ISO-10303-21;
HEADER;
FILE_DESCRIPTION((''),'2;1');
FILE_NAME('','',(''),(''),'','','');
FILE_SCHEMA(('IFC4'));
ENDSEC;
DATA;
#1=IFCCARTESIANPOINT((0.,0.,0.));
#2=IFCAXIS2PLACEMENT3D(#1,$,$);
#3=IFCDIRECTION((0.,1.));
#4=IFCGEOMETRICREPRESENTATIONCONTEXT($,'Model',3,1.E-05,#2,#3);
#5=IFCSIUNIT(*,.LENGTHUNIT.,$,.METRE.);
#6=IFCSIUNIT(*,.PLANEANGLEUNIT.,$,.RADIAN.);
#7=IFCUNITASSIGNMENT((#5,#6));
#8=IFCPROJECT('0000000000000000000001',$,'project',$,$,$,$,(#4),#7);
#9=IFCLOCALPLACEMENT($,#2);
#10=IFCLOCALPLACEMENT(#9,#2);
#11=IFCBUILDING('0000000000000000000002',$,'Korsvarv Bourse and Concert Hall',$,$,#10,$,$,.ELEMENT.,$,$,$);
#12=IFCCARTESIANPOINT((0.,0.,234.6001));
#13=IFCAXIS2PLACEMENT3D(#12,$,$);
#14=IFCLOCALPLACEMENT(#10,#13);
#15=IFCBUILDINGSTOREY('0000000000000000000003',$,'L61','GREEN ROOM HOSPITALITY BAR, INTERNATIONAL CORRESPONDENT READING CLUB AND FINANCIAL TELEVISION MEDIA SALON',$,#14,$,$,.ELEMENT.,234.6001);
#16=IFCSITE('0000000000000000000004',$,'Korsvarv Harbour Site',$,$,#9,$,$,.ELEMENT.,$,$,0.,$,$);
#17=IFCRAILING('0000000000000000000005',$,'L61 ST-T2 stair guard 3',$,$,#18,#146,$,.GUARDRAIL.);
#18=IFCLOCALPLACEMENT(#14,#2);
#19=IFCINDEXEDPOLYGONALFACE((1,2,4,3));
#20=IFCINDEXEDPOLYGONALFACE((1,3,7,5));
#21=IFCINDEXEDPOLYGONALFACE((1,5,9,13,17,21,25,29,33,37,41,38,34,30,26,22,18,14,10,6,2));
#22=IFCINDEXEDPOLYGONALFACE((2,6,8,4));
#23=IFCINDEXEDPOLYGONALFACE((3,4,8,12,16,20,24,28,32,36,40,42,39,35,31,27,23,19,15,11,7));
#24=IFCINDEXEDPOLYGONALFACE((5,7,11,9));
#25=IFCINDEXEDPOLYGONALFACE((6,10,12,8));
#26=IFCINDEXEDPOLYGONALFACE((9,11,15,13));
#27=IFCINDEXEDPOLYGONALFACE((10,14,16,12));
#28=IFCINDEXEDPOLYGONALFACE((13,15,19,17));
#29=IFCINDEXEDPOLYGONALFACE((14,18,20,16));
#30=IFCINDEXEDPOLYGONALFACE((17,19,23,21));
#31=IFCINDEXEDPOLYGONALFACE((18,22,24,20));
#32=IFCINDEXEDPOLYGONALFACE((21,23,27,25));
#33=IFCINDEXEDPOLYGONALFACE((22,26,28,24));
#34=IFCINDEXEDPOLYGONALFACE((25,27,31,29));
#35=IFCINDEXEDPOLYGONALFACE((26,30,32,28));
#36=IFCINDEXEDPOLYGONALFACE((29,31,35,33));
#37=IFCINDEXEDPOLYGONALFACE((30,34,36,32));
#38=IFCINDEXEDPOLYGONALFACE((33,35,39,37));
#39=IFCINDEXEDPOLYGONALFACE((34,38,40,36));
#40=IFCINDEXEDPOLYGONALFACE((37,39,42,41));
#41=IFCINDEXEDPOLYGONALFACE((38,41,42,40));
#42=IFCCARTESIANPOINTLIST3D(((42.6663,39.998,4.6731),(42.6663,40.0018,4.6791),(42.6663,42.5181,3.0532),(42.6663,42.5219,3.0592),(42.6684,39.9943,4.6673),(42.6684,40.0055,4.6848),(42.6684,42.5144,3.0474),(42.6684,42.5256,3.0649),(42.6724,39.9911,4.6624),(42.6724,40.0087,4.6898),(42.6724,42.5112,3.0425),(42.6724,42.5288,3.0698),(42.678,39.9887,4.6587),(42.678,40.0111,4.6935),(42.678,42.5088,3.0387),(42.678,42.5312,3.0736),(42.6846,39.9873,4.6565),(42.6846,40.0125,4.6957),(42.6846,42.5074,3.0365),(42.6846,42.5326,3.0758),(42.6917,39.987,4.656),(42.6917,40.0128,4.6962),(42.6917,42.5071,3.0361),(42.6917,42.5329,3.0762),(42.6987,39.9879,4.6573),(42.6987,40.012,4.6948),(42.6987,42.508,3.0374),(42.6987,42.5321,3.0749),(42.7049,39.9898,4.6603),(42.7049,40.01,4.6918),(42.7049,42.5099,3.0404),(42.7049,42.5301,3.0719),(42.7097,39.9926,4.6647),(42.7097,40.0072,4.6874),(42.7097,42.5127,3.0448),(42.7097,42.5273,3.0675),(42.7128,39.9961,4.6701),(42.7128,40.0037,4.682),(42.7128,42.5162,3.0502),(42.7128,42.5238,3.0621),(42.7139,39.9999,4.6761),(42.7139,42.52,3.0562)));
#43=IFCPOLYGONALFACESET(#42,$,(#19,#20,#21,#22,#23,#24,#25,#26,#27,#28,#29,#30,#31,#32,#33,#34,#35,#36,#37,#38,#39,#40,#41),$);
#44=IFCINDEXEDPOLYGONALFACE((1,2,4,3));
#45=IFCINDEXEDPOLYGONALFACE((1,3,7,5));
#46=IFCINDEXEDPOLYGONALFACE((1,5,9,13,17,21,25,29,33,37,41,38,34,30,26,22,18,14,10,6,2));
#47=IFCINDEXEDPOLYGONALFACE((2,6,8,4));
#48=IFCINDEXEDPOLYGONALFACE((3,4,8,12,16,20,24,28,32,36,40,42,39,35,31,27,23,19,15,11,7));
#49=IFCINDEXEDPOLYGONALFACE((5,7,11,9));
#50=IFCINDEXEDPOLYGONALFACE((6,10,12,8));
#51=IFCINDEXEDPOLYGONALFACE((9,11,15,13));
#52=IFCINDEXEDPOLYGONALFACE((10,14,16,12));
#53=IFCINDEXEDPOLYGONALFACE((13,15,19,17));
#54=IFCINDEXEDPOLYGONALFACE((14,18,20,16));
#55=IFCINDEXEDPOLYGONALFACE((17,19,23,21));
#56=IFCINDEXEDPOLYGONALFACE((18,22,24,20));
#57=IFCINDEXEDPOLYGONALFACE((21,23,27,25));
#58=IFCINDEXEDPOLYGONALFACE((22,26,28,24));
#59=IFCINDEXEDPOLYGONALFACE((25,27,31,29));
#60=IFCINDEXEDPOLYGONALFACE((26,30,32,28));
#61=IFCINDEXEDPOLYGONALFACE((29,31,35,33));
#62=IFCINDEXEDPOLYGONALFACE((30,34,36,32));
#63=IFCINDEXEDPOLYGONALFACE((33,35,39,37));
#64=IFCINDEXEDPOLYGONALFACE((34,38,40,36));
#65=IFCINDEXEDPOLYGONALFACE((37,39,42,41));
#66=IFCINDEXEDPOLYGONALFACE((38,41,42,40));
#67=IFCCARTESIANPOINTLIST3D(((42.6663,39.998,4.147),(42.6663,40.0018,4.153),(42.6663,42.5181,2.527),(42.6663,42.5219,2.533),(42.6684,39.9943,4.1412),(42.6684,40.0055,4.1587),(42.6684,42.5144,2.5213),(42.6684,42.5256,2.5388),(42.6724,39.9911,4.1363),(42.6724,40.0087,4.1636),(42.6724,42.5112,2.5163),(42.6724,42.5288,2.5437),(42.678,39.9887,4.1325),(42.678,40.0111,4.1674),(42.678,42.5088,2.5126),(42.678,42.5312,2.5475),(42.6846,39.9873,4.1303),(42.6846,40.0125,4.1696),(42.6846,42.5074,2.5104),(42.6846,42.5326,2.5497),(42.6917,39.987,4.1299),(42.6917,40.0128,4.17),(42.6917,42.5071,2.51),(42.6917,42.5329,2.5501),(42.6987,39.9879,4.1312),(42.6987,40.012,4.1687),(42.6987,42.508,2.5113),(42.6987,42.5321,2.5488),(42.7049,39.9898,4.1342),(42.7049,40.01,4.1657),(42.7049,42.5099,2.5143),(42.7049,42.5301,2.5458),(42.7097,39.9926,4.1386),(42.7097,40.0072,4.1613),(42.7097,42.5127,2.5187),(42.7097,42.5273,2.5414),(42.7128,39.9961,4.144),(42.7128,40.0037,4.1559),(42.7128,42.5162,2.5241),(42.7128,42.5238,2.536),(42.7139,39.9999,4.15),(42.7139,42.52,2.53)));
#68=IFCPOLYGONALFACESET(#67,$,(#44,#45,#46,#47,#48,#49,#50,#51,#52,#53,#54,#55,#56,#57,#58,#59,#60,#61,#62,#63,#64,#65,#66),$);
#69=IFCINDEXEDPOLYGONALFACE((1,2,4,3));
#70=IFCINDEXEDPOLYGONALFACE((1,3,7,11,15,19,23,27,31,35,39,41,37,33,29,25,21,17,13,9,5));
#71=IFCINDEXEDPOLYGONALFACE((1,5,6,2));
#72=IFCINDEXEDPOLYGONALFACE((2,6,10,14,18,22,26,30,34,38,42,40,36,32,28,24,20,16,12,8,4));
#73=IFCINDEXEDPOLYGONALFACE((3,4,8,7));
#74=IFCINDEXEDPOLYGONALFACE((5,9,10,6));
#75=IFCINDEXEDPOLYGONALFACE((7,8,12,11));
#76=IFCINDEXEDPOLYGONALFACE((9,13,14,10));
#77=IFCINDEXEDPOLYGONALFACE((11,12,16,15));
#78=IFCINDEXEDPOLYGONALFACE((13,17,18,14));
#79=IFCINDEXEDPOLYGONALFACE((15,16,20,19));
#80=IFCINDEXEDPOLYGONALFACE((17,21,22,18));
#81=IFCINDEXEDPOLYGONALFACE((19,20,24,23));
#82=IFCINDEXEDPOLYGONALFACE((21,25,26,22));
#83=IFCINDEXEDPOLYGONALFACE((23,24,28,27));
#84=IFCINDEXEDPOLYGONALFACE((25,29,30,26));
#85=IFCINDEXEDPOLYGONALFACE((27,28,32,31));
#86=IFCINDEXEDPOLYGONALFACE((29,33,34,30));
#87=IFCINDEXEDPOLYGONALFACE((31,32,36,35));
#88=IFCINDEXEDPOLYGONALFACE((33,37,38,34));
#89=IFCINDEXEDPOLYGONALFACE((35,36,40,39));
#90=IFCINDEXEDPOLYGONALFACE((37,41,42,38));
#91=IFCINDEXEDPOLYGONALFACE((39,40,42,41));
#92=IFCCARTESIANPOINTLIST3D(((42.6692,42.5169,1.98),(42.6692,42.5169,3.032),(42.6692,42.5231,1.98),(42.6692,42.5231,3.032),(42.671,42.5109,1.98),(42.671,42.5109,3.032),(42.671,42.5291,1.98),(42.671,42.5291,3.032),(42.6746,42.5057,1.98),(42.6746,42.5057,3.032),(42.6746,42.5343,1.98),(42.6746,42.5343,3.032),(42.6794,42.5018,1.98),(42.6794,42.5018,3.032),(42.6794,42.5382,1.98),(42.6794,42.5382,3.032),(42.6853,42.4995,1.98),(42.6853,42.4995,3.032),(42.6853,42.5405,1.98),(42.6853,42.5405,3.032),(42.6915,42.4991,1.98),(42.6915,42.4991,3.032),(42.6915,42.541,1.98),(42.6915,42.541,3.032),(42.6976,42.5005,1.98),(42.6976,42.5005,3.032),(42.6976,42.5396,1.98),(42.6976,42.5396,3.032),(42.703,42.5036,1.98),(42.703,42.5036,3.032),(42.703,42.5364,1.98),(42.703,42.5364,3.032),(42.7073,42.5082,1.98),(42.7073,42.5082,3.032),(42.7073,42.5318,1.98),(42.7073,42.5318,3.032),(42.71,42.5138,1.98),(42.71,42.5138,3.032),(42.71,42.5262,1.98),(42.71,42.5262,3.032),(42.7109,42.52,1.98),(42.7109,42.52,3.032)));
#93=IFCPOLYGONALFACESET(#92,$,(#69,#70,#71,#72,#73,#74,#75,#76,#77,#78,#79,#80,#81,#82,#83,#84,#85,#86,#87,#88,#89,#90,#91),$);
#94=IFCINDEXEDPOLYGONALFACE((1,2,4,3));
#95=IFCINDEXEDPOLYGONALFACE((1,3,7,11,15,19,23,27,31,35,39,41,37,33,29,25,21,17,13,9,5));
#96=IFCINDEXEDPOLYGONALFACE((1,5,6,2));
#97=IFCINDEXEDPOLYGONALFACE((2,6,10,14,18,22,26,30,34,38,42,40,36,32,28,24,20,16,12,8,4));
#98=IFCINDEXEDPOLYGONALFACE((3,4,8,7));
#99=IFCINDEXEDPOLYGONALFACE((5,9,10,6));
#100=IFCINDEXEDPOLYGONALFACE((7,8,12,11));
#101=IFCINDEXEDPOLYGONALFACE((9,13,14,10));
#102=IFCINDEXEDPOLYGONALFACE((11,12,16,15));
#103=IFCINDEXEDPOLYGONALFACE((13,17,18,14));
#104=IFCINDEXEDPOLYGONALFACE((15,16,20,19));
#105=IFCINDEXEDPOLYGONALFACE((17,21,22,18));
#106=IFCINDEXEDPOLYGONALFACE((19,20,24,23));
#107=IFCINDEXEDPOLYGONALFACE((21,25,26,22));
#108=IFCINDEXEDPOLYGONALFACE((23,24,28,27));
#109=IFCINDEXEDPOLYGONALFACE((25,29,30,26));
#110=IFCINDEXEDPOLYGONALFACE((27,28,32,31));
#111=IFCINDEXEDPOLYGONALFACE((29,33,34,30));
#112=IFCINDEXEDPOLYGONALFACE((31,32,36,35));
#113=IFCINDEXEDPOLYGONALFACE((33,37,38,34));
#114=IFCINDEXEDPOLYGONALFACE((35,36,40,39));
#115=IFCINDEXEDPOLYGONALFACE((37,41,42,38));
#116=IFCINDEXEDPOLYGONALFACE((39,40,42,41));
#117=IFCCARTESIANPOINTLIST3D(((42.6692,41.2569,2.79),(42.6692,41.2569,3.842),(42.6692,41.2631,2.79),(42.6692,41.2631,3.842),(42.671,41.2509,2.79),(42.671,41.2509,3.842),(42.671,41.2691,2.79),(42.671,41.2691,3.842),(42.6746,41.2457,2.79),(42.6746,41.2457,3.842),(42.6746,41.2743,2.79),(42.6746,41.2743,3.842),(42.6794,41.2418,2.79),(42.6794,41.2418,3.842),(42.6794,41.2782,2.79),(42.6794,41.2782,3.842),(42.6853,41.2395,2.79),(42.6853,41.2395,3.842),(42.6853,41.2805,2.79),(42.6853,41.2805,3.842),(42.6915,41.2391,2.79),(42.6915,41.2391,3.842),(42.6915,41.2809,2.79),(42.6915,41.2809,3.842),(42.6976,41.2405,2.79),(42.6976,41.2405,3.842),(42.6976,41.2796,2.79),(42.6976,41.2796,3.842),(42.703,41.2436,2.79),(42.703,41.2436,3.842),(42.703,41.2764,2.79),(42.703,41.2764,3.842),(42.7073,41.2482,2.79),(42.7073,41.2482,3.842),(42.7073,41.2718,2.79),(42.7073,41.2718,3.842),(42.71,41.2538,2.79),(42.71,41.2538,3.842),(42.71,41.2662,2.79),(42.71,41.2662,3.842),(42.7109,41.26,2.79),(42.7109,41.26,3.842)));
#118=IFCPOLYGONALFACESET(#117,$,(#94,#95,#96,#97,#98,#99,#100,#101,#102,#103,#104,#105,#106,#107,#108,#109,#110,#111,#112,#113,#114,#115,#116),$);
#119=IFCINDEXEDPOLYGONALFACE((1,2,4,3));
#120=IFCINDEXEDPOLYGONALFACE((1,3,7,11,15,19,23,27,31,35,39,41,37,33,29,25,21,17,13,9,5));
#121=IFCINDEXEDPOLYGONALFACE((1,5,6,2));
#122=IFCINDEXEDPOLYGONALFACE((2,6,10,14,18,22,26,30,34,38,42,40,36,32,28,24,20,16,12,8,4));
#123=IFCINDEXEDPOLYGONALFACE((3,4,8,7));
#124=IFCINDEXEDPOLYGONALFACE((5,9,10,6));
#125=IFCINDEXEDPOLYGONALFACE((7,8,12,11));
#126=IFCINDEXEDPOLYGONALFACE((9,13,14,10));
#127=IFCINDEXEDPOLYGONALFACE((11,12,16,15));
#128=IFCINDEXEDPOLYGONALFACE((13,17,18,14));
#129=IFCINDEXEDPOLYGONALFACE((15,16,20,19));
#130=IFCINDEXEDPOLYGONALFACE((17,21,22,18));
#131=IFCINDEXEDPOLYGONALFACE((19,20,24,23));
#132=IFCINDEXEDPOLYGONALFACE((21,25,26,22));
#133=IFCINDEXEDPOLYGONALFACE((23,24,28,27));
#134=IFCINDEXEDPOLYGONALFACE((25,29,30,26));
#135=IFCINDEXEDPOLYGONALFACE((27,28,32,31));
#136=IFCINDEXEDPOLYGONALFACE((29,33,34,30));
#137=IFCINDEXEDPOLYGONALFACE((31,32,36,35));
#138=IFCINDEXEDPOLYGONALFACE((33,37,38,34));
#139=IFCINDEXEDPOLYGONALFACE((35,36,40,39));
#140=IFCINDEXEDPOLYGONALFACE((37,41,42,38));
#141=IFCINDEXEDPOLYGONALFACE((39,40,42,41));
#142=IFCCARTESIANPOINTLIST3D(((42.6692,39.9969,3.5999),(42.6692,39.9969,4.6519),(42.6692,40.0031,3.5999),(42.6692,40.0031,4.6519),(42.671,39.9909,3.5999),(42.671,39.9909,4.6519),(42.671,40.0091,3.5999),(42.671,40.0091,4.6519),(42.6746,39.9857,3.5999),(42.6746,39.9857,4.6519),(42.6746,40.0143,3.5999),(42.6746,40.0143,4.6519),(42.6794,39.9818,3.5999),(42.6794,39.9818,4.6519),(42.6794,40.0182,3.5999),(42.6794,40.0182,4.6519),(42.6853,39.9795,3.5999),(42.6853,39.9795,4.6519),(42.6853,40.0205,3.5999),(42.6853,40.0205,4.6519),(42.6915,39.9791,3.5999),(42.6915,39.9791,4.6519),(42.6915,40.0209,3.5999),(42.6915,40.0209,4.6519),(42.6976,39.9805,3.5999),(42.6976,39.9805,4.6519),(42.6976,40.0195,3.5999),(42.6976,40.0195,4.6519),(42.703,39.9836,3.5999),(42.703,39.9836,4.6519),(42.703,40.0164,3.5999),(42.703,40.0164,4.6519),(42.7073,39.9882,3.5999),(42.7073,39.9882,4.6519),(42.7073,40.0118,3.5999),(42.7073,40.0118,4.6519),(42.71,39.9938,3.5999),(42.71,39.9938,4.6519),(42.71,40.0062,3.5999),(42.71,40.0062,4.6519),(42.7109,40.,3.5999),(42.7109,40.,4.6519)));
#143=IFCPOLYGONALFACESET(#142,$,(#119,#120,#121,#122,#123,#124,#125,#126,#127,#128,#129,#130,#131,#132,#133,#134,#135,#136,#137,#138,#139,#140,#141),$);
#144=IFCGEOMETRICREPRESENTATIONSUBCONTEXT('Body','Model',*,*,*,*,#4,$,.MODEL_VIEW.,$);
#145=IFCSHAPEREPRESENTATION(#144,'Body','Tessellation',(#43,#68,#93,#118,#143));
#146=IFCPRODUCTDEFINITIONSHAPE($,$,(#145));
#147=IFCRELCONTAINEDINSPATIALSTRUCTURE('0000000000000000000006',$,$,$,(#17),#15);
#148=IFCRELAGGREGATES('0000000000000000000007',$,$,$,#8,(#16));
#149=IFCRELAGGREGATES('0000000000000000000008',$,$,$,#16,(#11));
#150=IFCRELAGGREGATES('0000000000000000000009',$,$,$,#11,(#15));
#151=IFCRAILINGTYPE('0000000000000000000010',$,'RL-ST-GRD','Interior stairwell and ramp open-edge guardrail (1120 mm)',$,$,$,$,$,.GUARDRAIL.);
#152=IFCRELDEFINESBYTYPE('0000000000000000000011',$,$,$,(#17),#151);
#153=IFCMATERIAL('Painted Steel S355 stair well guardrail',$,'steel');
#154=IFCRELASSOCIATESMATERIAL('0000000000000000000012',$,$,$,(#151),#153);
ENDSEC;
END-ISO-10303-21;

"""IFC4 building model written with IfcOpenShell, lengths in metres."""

from ifc_helpers import new_model, si_unit, direction, frame, origin, origin_2d, place, context, subcontext, project, spatial, circle, extrude, material, type_object, element, save


model = new_model("IFC4")

# Units and contexts
model_context = context("Model", 3, precision=1e-05, world=origin(), true_north=direction((0.0, 1.0)))
body_context = subcontext(model_context, "Body", "Model", "MODEL_VIEW")
ifc_project = project(units=[si_unit("LENGTHUNIT", "METRE"), si_unit("PLANEANGLEUNIT", "RADIAN")], contexts=[model_context])

# Site, building, storey
site_placement = place(None, origin())
site = spatial("IfcSite", under=ifc_project, at=site_placement, Name="Korsvarv Harbour Site", CompositionType="ELEMENT", RefElevation=0.0)
building_placement = place(site_placement, origin())
building = spatial("IfcBuilding", under=site, at=building_placement, Name="Korsvarv Bourse and Concert Hall", CompositionType="ELEMENT")
storey_placement = place(building_placement, frame((0.0, 0.0, 234.6001)))
storey = spatial("IfcBuildingStorey", under=building, at=storey_placement, Name="L61", Description="GREEN ROOM HOSPITALITY BAR, INTERNATIONAL CORRESPONDENT READING CLUB AND FINANCIAL TELEVISION MEDIA SALON", CompositionType="ELEMENT", Elevation=234.6001)

# Railing
ifc_material_1 = material(Name="Painted Steel S355 stair well guardrail", Category="steel")
railing_type_1 = type_object("IfcRailingType", Name="RL-ST-GRD", Description="Interior stairwell and ramp open-edge guardrail (1120 mm)", PredefinedType="GUARDRAIL", material=ifc_material_1)
railing_1_placement = place(storey_placement, frame((42.6899, 42.52, 1.98)))
element("IfcRailing", 1, at=railing_1_placement, inside=storey, type_object=railing_type_1, Name="L61 ST-T2 stair guard 3", PredefinedType="GUARDRAIL", context=body_context, shape_type="SweptSolid", body=[
    extrude(circle(Radius=0.0239, at=origin_2d()), frame((0.0, 0.0, 1.0762), z_axis=(0.0, -0.8412, 0.540725), x_axis=(1.0, 0.0, 0.0)), (0.0, 0.0, 1.0), 2.9958),
    extrude(circle(Radius=0.0239, at=origin_2d()), frame((0.0, 0.0, 0.55), z_axis=(0.0, -0.8412, 0.540725), x_axis=(1.0, 0.0, 0.0)), (0.0, 0.0, 1.0), 2.9958),
    extrude(circle(Radius=0.021, at=origin_2d()), origin(), (0.0, 0.0, 1.0), 1.052),
    extrude(circle(Radius=0.021, at=origin_2d()), frame((0.0, -1.26, 0.8101)), (0.0, 0.0, 1.0), 1.052),
    extrude(circle(Radius=0.021, at=origin_2d()), frame((0.0, -2.52, 1.6199)), (0.0, 0.0, 1.0), 1.052),
])

save(model, "model.ifc")
